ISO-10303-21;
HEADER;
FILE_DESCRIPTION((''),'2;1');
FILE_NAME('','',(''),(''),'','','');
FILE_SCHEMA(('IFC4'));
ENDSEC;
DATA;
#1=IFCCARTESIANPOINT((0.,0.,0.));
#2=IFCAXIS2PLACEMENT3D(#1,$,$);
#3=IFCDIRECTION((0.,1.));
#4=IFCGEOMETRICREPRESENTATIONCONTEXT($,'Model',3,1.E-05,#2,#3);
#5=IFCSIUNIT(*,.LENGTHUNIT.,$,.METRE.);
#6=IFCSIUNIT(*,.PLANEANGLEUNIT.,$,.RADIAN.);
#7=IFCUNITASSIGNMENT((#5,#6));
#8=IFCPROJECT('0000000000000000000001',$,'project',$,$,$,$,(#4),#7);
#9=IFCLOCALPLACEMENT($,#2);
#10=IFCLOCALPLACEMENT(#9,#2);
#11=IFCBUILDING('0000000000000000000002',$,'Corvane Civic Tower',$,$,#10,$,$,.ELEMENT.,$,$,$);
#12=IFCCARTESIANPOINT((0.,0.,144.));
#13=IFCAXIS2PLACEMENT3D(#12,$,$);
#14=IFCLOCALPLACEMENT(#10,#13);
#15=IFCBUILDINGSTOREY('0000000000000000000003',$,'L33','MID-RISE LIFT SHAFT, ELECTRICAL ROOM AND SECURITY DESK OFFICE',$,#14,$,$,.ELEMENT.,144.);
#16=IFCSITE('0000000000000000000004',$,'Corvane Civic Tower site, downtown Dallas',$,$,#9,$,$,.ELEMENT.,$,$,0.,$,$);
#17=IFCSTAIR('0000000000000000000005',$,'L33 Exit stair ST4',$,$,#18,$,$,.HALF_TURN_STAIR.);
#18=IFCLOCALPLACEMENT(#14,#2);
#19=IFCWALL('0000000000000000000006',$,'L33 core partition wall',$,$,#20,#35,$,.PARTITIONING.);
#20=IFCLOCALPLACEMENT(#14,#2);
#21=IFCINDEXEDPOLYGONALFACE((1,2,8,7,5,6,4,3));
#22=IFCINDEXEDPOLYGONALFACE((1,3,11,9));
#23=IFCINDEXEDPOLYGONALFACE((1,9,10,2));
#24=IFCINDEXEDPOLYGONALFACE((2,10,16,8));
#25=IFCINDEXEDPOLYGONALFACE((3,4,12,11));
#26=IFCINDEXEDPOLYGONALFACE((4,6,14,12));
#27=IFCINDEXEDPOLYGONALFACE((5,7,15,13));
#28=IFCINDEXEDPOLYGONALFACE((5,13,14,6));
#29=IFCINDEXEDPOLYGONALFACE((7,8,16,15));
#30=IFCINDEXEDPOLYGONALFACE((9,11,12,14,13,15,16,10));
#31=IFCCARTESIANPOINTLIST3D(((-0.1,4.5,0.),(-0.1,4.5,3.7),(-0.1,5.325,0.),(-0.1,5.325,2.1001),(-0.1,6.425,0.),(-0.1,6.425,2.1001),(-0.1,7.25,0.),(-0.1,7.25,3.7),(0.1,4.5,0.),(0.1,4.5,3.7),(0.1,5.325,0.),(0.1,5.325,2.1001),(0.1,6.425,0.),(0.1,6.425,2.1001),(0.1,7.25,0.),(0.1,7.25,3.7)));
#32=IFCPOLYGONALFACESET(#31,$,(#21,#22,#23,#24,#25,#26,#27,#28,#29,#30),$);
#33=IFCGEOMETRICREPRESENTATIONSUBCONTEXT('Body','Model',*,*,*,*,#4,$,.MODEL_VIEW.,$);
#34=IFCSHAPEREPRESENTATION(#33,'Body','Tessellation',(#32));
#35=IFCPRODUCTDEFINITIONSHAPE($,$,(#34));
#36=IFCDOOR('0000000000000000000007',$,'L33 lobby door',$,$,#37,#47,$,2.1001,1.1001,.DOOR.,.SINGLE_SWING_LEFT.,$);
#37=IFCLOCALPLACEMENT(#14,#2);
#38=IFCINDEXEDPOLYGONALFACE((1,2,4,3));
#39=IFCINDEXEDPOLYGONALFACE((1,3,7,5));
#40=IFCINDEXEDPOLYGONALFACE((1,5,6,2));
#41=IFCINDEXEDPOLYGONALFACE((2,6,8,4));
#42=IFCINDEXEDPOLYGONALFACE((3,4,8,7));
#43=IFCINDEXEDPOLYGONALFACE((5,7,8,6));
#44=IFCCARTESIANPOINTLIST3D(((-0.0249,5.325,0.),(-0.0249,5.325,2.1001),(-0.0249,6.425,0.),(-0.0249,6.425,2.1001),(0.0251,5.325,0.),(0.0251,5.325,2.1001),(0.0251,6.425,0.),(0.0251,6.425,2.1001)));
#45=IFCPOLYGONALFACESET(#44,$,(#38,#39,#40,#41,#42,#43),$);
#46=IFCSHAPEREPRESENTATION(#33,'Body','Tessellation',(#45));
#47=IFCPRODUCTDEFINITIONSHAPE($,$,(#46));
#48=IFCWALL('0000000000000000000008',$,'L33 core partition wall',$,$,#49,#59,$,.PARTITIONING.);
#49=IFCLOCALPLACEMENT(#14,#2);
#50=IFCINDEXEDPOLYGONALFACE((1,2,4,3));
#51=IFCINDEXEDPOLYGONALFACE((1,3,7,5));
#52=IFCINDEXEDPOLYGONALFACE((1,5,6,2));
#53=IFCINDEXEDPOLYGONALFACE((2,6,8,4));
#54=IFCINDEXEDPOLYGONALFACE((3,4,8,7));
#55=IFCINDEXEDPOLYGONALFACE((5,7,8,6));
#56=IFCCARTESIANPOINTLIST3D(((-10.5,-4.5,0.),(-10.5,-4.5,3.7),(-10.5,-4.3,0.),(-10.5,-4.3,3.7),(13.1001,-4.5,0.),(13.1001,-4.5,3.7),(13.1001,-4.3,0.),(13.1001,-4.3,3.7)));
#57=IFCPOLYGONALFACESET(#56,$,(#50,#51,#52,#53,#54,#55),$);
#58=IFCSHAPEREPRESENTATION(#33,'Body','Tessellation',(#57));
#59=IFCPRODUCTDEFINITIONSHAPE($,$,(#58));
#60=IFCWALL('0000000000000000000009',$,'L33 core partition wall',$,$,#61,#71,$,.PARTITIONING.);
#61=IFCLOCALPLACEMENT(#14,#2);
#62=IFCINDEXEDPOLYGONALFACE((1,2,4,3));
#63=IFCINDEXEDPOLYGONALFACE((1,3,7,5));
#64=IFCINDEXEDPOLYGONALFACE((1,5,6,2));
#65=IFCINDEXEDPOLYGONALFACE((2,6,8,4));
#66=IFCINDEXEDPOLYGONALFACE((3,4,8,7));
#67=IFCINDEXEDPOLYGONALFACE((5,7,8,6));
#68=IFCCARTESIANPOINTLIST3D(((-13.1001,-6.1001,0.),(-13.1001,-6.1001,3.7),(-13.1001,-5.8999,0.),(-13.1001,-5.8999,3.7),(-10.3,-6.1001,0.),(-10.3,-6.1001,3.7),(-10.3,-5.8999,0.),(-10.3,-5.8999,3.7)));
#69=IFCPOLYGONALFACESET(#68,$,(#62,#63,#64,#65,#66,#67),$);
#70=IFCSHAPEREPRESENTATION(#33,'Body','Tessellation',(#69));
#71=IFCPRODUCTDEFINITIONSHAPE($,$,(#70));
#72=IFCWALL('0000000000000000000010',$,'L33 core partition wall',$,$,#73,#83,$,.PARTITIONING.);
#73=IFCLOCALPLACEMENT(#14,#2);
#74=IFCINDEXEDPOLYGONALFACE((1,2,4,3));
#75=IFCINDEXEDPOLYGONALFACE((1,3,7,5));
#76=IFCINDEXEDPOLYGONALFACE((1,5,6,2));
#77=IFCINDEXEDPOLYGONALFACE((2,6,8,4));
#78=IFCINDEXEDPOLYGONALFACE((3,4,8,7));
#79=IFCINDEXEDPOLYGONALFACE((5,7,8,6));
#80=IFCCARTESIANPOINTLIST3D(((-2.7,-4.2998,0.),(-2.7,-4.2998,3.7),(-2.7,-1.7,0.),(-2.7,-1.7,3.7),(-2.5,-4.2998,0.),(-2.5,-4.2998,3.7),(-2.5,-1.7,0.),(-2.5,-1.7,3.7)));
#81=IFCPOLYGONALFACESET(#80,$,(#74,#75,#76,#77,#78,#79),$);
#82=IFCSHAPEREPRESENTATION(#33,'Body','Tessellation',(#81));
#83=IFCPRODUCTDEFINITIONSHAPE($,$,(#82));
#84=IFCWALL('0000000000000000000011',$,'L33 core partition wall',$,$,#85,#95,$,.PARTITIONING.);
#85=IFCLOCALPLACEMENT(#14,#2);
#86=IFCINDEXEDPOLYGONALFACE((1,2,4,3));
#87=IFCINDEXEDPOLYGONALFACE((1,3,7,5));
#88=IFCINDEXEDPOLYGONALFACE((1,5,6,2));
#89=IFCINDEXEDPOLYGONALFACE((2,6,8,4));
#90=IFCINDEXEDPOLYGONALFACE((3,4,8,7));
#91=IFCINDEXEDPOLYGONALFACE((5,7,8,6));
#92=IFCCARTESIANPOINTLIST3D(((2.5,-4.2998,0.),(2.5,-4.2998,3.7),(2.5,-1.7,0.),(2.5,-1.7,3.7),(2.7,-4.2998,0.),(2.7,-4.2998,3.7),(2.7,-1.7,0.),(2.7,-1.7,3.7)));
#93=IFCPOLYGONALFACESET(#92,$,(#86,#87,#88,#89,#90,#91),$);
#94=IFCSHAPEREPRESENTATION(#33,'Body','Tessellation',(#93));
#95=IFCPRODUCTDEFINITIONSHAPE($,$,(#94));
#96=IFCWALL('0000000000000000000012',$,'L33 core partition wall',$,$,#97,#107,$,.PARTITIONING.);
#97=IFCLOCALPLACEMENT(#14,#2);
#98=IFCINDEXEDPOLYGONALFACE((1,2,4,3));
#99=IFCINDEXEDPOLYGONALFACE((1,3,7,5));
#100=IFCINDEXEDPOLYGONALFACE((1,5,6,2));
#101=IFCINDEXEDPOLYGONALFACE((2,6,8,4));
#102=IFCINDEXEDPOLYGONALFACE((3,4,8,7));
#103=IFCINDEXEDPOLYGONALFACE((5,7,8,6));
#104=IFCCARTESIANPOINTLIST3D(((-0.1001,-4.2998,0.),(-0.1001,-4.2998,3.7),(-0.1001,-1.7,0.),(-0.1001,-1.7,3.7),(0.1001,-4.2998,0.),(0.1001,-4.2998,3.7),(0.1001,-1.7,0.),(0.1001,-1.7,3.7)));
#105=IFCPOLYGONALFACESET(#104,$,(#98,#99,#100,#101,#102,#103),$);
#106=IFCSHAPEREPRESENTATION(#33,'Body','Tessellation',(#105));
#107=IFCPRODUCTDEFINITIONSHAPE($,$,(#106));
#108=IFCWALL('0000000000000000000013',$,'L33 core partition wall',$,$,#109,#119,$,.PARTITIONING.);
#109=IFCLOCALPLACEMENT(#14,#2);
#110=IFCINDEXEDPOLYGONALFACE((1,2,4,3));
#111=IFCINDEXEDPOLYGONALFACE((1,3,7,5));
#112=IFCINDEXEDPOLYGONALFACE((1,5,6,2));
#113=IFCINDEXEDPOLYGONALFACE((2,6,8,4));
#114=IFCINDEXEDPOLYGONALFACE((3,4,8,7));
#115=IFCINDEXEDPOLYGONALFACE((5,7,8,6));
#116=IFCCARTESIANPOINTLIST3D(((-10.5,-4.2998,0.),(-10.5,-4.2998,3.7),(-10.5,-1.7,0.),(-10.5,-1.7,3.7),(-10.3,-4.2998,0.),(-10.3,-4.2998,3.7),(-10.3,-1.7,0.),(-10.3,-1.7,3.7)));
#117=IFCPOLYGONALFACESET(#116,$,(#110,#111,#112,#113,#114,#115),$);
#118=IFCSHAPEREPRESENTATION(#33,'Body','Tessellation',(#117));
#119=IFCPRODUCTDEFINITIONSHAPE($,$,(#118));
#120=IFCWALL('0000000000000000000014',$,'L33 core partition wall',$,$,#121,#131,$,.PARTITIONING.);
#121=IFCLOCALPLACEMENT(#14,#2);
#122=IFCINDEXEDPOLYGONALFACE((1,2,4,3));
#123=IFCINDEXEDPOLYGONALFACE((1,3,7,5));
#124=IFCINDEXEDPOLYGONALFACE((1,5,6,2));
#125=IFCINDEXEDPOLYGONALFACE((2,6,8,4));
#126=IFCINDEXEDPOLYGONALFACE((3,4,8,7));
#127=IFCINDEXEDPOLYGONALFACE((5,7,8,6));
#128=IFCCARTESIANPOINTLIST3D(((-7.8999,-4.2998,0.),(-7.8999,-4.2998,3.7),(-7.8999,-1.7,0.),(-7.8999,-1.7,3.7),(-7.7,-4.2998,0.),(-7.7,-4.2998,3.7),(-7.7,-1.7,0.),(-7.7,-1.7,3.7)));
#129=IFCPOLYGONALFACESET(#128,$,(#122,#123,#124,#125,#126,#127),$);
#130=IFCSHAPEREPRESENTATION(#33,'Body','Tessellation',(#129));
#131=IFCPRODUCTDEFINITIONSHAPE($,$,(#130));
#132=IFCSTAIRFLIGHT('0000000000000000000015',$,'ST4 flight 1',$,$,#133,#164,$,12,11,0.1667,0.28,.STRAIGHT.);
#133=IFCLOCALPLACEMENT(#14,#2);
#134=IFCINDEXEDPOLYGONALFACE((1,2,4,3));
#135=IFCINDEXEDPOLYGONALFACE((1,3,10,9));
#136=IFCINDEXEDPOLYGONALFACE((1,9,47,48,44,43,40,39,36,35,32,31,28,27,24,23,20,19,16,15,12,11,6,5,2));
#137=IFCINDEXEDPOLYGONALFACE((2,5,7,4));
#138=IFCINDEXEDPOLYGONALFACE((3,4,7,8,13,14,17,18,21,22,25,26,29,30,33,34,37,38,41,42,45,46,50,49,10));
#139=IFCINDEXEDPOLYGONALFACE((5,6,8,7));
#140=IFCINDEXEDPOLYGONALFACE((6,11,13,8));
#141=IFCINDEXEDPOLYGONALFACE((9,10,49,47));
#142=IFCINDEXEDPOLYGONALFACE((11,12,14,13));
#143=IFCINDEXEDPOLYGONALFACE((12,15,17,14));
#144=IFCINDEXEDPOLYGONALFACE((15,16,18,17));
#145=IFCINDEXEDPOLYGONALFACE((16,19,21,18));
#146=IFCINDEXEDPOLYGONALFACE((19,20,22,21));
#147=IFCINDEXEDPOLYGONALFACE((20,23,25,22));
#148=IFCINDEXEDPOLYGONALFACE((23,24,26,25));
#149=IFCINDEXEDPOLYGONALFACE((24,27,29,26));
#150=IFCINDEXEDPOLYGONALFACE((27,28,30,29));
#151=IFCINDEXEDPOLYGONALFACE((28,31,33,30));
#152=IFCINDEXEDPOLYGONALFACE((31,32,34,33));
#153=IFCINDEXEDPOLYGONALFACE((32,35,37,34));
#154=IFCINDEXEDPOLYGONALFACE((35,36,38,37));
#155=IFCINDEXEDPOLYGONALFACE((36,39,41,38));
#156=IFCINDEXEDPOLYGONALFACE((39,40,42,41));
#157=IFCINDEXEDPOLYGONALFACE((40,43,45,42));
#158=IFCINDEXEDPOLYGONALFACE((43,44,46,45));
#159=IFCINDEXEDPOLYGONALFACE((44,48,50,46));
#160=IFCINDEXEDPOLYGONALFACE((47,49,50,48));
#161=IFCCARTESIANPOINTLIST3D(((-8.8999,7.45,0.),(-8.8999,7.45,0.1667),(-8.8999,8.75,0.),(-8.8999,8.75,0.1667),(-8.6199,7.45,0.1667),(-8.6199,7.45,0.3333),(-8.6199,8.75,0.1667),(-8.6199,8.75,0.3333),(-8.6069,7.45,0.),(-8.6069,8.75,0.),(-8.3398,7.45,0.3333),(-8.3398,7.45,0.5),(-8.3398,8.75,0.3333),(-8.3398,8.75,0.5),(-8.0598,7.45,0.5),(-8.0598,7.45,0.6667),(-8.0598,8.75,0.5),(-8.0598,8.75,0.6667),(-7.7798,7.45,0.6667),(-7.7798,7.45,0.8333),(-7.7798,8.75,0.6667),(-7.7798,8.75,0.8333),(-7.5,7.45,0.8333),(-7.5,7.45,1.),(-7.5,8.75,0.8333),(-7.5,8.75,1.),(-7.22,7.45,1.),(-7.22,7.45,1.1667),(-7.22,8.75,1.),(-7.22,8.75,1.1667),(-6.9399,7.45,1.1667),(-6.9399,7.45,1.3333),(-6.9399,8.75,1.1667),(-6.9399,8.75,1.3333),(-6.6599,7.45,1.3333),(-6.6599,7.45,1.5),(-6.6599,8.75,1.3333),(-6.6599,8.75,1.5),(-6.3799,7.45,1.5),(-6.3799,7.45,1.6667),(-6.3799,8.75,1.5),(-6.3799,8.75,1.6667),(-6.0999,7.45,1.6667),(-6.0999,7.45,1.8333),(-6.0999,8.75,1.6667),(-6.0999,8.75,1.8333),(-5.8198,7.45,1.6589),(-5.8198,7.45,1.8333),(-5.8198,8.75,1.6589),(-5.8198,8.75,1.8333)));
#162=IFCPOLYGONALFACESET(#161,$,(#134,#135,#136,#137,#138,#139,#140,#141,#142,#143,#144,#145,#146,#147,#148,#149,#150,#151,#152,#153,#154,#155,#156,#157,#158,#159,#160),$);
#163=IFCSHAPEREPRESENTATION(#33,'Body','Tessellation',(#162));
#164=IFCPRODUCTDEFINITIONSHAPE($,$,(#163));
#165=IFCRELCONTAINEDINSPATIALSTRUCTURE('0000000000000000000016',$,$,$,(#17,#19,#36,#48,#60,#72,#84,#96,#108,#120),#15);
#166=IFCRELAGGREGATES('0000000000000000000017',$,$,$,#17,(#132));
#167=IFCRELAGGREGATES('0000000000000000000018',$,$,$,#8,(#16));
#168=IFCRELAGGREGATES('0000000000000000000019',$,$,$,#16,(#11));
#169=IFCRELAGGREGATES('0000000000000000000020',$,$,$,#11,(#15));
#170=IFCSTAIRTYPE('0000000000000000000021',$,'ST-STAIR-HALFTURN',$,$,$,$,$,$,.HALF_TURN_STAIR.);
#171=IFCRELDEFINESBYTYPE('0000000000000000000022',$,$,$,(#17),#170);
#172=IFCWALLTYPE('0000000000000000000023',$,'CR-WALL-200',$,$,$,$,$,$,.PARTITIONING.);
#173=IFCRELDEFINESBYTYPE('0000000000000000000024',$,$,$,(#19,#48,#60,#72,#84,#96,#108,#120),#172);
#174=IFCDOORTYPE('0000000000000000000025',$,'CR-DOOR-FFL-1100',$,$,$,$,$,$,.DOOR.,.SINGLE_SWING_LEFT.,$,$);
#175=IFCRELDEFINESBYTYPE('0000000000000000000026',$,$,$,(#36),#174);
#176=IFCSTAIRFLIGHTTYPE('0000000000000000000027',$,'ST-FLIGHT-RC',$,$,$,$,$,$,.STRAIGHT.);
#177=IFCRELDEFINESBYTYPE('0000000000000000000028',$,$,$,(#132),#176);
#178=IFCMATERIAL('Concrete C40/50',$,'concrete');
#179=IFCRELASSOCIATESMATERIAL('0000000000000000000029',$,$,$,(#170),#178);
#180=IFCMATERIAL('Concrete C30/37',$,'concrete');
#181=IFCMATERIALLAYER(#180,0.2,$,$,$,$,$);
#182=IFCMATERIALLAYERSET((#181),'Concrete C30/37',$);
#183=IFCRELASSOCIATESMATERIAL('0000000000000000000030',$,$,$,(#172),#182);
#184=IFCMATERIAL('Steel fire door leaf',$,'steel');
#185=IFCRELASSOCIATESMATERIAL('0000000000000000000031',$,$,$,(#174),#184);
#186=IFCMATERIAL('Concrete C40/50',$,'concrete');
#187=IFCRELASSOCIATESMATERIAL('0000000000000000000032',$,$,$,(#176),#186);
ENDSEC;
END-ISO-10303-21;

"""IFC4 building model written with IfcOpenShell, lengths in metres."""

from ifc_helpers import new_model, si_unit, direction, frame, frame_2d, origin, place, context, subcontext, project, spatial, polyline, rectangle, outline, extrude, material, layer, layer_set, type_object, element, fill, aggregate, save


model = new_model("IFC4")

# Units and contexts
model_context = context("Model", 3, precision=1e-05, world=origin(), true_north=direction((0.0, 1.0)))
body_context = subcontext(model_context, "Body", "Model", "MODEL_VIEW")
ifc_project = project(units=[si_unit("LENGTHUNIT", "METRE"), si_unit("PLANEANGLEUNIT", "RADIAN")], contexts=[model_context])

# Site, building, storey
site_placement = place(None, origin())
site = spatial("IfcSite", under=ifc_project, at=site_placement, Name="Corvane Civic Tower site, downtown Dallas", CompositionType="ELEMENT", RefElevation=0.0)
building_placement = place(site_placement, origin())
building = spatial("IfcBuilding", under=site, at=building_placement, Name="Corvane Civic Tower", CompositionType="ELEMENT")
storey_placement = place(building_placement, frame((0.0, 0.0, 144.0)))
storey = spatial("IfcBuildingStorey", under=building, at=storey_placement, Name="L33", Description="MID-RISE LIFT SHAFT, ELECTRICAL ROOM AND SECURITY DESK OFFICE", CompositionType="ELEMENT", Elevation=144.0)

# Stair
ifc_material_1 = material(Name="Concrete C40/50", Category="concrete")
stair_type = type_object("IfcStairType", Name="ST-STAIR-HALFTURN", PredefinedType="HALF_TURN_STAIR", material=ifc_material_1)
stair_1_placement = place(storey_placement, origin())
stair_1 = element("IfcStair", 1, at=stair_1_placement, inside=storey, type_object=stair_type, Name="L33 Exit stair ST4", PredefinedType="HALF_TURN_STAIR")

# Shared definitions
ifc_material_2 = material(Name="Concrete C30/37", Category="concrete")
ifc_layer_1 = layer(ifc_material_2, 0.2)
ifc_layer_set_1 = layer_set([ifc_layer_1], Name="Concrete C30/37")
wall_type = type_object("IfcWallType", Name="CR-WALL-200", PredefinedType="PARTITIONING", material=ifc_layer_set_1)

# Wall, opening, door
wall_1_placement = place(storey_placement, frame((0.0, 4.5, 0.0), z_axis=(0.0, 0.0, 1.0), x_axis=(0.0, 1.0, 0.0)))
wall_1 = element("IfcWall", 2, at=wall_1_placement, inside=storey, type_object=wall_type, Name="L33 core partition wall", PredefinedType="PARTITIONING", context=body_context, shape_type="SweptSolid", body=[
    extrude(rectangle(XDim=2.75, YDim=0.2, at=frame_2d((1.375, 0.0))), origin(), (0.0, 0.0, 1.0), 3.7),
])
opening_1_placement = place(wall_1_placement, frame((0.825, 0.0, 0.0)))
opening_1 = element("IfcOpeningElement", 3, at=opening_1_placement, cuts=wall_1, PredefinedType="OPENING", context=body_context, shape_type="SweptSolid", body=[
    extrude(rectangle(XDim=1.1001, YDim=2.1001, at=frame_2d((0.55, 1.05))), frame((0.0, 0.1099, 0.0), z_axis=(0.0, -1.0, 0.0), x_axis=(1.0, 0.0, 0.0)), (0.0, 0.0, 1.0), 0.22),
])
ifc_material_3 = material(Name="Steel fire door leaf", Category="steel")
door_type_1 = type_object("IfcDoorType", Name="CR-DOOR-FFL-1100", OperationType="SINGLE_SWING_LEFT", PredefinedType="DOOR", material=ifc_material_3)
door_1_placement = place(opening_1_placement, origin())
door_1 = element("IfcDoor", 4, at=door_1_placement, inside=storey, type_object=door_type_1, Name="L33 lobby door", OperationType="SINGLE_SWING_LEFT", OverallHeight=2.1001, OverallWidth=1.1001, PredefinedType="DOOR", context=body_context, shape_type="SweptSolid", body=[
    extrude(rectangle(XDim=1.1001, YDim=2.1001, at=frame_2d((0.55, 1.05))), frame((0.0, 0.0249, 0.0), z_axis=(0.0, -1.0, 0.0), x_axis=(1.0, 0.0, 0.0)), (0.0, 0.0, 1.0), 0.05),
])
fill(opening_1, door_1)

# Walls
wall_2_placement = place(storey_placement, origin())
element("IfcWall", 5, at=wall_2_placement, inside=storey, type_object=wall_type, Name="L33 core partition wall", PredefinedType="PARTITIONING", context=body_context, shape_type="SweptSolid", body=[
    extrude(outline(polyline([(13.1001, -4.3), (13.1001, -4.5), (-10.5, -4.5), (-10.5, -4.3), (13.1001, -4.3)])), origin(), (0.0, 0.0, 1.0), 3.7),
])
wall_3_placement = place(storey_placement, origin())
element("IfcWall", 6, at=wall_3_placement, inside=storey, type_object=wall_type, Name="L33 core partition wall", PredefinedType="PARTITIONING", context=body_context, shape_type="SweptSolid", body=[
    extrude(outline(polyline([(-10.3, -6.1001), (-13.1001, -6.1001), (-13.1001, -5.8999), (-10.3, -5.8999), (-10.3, -6.1001)])), origin(), (0.0, 0.0, 1.0), 3.7),
])
wall_4_placement = place(storey_placement, origin())
element("IfcWall", 7, at=wall_4_placement, inside=storey, type_object=wall_type, Name="L33 core partition wall", PredefinedType="PARTITIONING", context=body_context, shape_type="SweptSolid", body=[
    extrude(outline(polyline([(-2.5, -1.7), (-2.5, -4.2998), (-2.7, -4.2998), (-2.7, -1.7), (-2.5, -1.7)])), origin(), (0.0, 0.0, 1.0), 3.7),
])
wall_5_placement = place(storey_placement, origin())
element("IfcWall", 8, at=wall_5_placement, inside=storey, type_object=wall_type, Name="L33 core partition wall", PredefinedType="PARTITIONING", context=body_context, shape_type="SweptSolid", body=[
    extrude(outline(polyline([(2.7, -1.7), (2.7, -4.2998), (2.5, -4.2998), (2.5, -1.7), (2.7, -1.7)])), origin(), (0.0, 0.0, 1.0), 3.7),
])
wall_6_placement = place(storey_placement, origin())
element("IfcWall", 9, at=wall_6_placement, inside=storey, type_object=wall_type, Name="L33 core partition wall", PredefinedType="PARTITIONING", context=body_context, shape_type="SweptSolid", body=[
    extrude(outline(polyline([(0.1001, -1.7), (0.1001, -4.2998), (-0.1001, -4.2998), (-0.1001, -1.7), (0.1001, -1.7)])), origin(), (0.0, 0.0, 1.0), 3.7),
])
wall_7_placement = place(storey_placement, origin())
element("IfcWall", 10, at=wall_7_placement, inside=storey, type_object=wall_type, Name="L33 core partition wall", PredefinedType="PARTITIONING", context=body_context, shape_type="SweptSolid", body=[
    extrude(outline(polyline([(-10.3, -1.7), (-10.3, -4.2998), (-10.5, -4.2998), (-10.5, -1.7), (-10.3, -1.7)])), origin(), (0.0, 0.0, 1.0), 3.7),
])
wall_8_placement = place(storey_placement, origin())
element("IfcWall", 11, at=wall_8_placement, inside=storey, type_object=wall_type, Name="L33 core partition wall", PredefinedType="PARTITIONING", context=body_context, shape_type="SweptSolid", body=[
    extrude(outline(polyline([(-7.7, -1.7), (-7.7, -4.2998), (-7.8999, -4.2998), (-7.8999, -1.7), (-7.7, -1.7)])), origin(), (0.0, 0.0, 1.0), 3.7),
])

# Stair flight
ifc_material_4 = material(Name="Concrete C40/50", Category="concrete")
stair_flight_type = type_object("IfcStairFlightType", Name="ST-FLIGHT-RC", PredefinedType="STRAIGHT", material=ifc_material_4)
stair_flight_1_placement = place(storey_placement, frame((-8.8999, 8.1001, 0.0), z_axis=(0.0, 0.0, 1.0), x_axis=(1.0, 0.0, 0.0)))
stair_flight_1 = element("IfcStairFlight", 12, at=stair_flight_1_placement, type_object=stair_flight_type, Name="ST4 flight 1", NumberOfRisers=12, NumberOfTreads=11, PredefinedType="STRAIGHT", RiserHeight=0.1667, TreadLength=0.28, context=body_context, shape_type="SweptSolid", body=[
    extrude(outline(polyline([(0.0, 0.0), (0.0, 0.1667), (0.28, 0.1667), (0.28, 0.3333), (0.5601, 0.3333), (0.5601, 0.5), (0.8401, 0.5), (0.8401, 0.6667), (1.1201, 0.6667), (1.1201, 0.8333), (1.3999, 0.8333), (1.3999, 1.0), (1.6799, 1.0), (1.6799, 1.1667), (1.96, 1.1667), (1.96, 1.3333), (2.24, 1.3333), (2.24, 1.5), (2.52, 1.5), (2.52, 1.6667), (2.8, 1.6667), (2.8, 1.8333), (3.0801, 1.8333), (3.0801, 2.0), (3.0801, 1.6589), (0.293, 0.0), (0.0, 0.0)])), frame((0.0, 0.6499, 0.0), z_axis=(0.0, -1.0, 0.0), x_axis=(1.0, 0.0, 0.0)), (0.0, 0.0, 1.0), 1.3),
])
aggregate(stair_1, [stair_flight_1])

save(model, "model.ifc")
